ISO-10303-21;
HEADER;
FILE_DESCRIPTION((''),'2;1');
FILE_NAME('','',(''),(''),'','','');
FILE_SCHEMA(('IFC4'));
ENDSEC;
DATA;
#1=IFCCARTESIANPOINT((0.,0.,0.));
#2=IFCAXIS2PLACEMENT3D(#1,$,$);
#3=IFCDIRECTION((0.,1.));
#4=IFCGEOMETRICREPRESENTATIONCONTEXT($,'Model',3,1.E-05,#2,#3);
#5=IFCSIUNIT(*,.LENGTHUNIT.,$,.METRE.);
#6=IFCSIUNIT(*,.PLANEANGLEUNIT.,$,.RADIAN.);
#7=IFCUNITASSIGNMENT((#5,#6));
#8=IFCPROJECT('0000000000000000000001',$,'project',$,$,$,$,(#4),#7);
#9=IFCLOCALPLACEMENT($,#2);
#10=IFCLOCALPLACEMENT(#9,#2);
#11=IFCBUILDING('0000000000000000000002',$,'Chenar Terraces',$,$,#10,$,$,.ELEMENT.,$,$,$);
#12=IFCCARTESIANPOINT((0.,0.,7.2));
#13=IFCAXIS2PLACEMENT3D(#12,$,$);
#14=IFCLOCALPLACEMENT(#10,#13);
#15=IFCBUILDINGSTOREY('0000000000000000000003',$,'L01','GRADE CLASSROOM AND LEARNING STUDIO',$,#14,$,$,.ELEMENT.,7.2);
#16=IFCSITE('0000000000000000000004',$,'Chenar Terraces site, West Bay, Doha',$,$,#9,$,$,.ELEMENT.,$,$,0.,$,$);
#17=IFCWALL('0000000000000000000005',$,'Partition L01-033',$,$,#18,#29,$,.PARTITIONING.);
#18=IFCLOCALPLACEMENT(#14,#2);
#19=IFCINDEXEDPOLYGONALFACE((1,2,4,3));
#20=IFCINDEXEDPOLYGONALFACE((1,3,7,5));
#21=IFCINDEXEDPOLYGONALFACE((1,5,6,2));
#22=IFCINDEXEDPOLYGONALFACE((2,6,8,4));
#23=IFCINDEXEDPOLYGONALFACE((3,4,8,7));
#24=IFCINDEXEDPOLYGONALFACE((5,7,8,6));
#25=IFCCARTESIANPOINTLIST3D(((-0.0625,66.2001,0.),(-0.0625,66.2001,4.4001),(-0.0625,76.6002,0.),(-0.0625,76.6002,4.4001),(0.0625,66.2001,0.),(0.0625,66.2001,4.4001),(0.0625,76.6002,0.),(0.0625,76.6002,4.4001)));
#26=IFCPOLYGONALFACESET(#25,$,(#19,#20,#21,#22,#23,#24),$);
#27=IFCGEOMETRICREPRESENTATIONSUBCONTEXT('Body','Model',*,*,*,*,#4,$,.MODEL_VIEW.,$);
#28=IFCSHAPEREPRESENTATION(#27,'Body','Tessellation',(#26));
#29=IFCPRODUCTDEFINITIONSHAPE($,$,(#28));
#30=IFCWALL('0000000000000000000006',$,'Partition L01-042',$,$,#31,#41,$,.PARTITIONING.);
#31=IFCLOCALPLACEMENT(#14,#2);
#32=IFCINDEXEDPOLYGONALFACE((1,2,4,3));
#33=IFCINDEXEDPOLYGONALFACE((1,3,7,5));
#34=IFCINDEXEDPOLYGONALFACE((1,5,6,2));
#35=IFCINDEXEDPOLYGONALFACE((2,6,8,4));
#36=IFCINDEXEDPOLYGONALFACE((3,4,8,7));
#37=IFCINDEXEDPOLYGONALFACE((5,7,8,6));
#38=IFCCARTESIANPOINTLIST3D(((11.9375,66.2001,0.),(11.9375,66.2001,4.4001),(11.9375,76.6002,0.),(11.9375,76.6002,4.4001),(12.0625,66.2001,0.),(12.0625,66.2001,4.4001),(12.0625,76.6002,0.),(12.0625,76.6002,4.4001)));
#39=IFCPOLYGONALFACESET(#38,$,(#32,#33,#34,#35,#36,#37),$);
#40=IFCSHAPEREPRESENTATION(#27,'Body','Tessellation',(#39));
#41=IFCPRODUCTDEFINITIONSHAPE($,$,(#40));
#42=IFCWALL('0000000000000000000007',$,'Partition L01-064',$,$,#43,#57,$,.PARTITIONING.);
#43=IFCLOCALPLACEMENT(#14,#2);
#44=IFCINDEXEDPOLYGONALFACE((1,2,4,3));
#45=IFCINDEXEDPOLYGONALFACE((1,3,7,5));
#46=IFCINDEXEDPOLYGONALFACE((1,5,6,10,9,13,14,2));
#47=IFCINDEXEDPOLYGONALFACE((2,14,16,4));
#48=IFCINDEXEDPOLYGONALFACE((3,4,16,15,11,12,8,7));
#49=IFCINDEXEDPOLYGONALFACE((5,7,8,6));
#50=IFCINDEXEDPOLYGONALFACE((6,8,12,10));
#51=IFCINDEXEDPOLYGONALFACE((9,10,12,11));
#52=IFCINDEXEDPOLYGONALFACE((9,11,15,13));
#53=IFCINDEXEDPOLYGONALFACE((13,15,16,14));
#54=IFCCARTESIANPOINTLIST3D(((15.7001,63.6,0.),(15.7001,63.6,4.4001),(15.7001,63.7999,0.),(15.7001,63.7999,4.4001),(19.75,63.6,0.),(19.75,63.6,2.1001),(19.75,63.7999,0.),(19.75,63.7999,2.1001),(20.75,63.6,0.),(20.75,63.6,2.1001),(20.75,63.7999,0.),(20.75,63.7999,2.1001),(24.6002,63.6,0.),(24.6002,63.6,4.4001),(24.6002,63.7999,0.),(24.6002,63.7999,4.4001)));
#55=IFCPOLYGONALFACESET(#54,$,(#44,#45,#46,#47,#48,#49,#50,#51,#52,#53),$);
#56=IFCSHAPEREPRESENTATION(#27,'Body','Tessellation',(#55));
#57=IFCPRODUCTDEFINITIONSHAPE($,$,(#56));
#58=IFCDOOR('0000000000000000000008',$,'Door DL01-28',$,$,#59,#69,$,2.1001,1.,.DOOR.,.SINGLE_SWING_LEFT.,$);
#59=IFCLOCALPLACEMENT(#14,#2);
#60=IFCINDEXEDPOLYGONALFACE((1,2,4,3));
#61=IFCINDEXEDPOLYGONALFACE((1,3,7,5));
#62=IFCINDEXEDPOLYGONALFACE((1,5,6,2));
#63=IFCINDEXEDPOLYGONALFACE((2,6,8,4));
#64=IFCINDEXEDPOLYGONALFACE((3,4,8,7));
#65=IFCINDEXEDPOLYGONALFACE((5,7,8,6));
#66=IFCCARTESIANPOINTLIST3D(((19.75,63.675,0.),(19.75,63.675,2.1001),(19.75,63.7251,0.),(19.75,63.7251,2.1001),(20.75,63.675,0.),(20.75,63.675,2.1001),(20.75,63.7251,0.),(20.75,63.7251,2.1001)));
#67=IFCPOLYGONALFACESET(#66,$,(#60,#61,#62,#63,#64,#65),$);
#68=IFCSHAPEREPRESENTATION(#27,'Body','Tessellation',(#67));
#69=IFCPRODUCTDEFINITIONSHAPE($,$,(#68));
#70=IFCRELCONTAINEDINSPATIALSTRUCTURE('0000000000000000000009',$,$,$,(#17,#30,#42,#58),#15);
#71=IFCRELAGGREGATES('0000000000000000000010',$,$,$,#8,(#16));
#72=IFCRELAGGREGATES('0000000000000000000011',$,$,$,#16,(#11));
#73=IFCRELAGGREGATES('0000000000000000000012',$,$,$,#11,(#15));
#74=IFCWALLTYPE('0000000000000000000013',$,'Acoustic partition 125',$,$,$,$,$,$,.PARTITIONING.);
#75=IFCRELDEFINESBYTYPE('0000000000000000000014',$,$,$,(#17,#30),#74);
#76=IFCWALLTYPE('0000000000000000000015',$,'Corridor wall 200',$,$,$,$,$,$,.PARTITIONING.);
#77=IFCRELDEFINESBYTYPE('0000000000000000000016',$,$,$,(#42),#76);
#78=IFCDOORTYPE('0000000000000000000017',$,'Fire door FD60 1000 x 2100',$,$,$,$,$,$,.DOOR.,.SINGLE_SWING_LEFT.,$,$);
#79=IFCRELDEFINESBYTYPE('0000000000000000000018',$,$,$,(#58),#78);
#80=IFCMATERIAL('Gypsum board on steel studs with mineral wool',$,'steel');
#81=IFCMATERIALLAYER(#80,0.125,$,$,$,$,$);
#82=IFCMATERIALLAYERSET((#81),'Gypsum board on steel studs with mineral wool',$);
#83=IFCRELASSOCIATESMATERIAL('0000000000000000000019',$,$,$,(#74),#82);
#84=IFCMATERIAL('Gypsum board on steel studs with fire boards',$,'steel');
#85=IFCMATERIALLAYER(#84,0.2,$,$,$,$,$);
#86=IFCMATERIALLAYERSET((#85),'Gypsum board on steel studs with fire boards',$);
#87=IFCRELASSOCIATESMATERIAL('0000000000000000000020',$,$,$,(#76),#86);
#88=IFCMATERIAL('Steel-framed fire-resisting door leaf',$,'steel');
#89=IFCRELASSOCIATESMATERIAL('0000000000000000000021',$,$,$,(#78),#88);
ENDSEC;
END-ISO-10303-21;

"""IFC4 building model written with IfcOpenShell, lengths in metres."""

from ifc_helpers import new_model, si_unit, direction, frame, frame_2d, origin, place, context, subcontext, project, spatial, rectangle, extrude, material, layer, layer_set, type_object, element, fill, save


model = new_model("IFC4")

# Units and contexts
model_context = context("Model", 3, precision=1e-05, world=origin(), true_north=direction((0.0, 1.0)))
body_context = subcontext(model_context, "Body", "Model", "MODEL_VIEW")
ifc_project = project(units=[si_unit("LENGTHUNIT", "METRE"), si_unit("PLANEANGLEUNIT", "RADIAN")], contexts=[model_context])

# Site, building, storey
site_placement = place(None, origin())
site = spatial("IfcSite", under=ifc_project, at=site_placement, Name="Chenar Terraces site, West Bay, Doha", CompositionType="ELEMENT", RefElevation=0.0)
building_placement = place(site_placement, origin())
building = spatial("IfcBuilding", under=site, at=building_placement, Name="Chenar Terraces", CompositionType="ELEMENT")
storey_placement = place(building_placement, frame((0.0, 0.0, 7.2)))
storey = spatial("IfcBuildingStorey", under=building, at=storey_placement, Name="L01", Description="GRADE CLASSROOM AND LEARNING STUDIO", CompositionType="ELEMENT", Elevation=7.2)

# Walls
ifc_material_1 = material(Name="Gypsum board on steel studs with mineral wool", Category="steel")
ifc_layer_1 = layer(ifc_material_1, 0.125)
ifc_layer_set_1 = layer_set([ifc_layer_1], Name="Gypsum board on steel studs with mineral wool")
wall_type_1 = type_object("IfcWallType", Name="Acoustic partition 125", PredefinedType="PARTITIONING", material=ifc_layer_set_1)
for number, where, z_axis, x_axis, name in (
    (1, (0.0, 66.2, 0.0), (0.0, 0.0, 1.0), (0.0, 1.0, 0.0), "Partition L01-033"),
    (2, (12.0, 66.2, 0.0), (0.0, 0.0, 1.0), (0.0, 1.0, 0.0), "Partition L01-042"),
):
    element("IfcWall", number, at=place(storey_placement, frame(where, z_axis=z_axis, x_axis=x_axis)), inside=storey, type_object=wall_type_1, Name=name, PredefinedType="PARTITIONING", context=body_context, shape_type="SweptSolid", body=[
        extrude(rectangle(XDim=10.4001, YDim=0.125, at=frame_2d((5.2002, 0.0))), origin(), (0.0, 0.0, 1.0), 4.4001),
    ])

# Wall, opening, door
ifc_material_2 = material(Name="Gypsum board on steel studs with fire boards", Category="steel")
ifc_layer_2 = layer(ifc_material_2, 0.2)
ifc_layer_set_2 = layer_set([ifc_layer_2], Name="Gypsum board on steel studs with fire boards")
wall_type_2 = type_object("IfcWallType", Name="Corridor wall 200", PredefinedType="PARTITIONING", material=ifc_layer_set_2)
wall_1_placement = place(storey_placement, frame((15.7, 63.7, 0.0), z_axis=(0.0, 0.0, 1.0), x_axis=(1.0, 0.0, 0.0)))
wall_1 = element("IfcWall", 3, at=wall_1_placement, inside=storey, type_object=wall_type_2, Name="Partition L01-064", PredefinedType="PARTITIONING", context=body_context, shape_type="SweptSolid", body=[
    extrude(rectangle(XDim=8.9001, YDim=0.2, at=frame_2d((4.4502, 0.0))), origin(), (0.0, 0.0, 1.0), 4.4001),
])
opening_1_placement = place(wall_1_placement, frame((4.05, 0.0, 0.0)))
opening_1 = element("IfcOpeningElement", 4, at=opening_1_placement, cuts=wall_1, PredefinedType="OPENING", context=body_context, shape_type="SweptSolid", body=[
    extrude(rectangle(XDim=1.0, YDim=2.1001, at=frame_2d((0.5, 1.05))), frame((0.0, 0.1099, 0.0), z_axis=(0.0, -1.0, 0.0), x_axis=(1.0, 0.0, 0.0)), (0.0, 0.0, 1.0), 0.22),
])
ifc_material_3 = material(Name="Steel-framed fire-resisting door leaf", Category="steel")
door_type_1 = type_object("IfcDoorType", Name="Fire door FD60 1000 x 2100", OperationType="SINGLE_SWING_LEFT", PredefinedType="DOOR", material=ifc_material_3)
door_1_placement = place(opening_1_placement, frame((1.0, 0.0, 0.0), z_axis=(0.0, 0.0, 1.0), x_axis=(-1.0, 0.0, 0.0)))
door_1 = element("IfcDoor", 5, at=door_1_placement, inside=storey, type_object=door_type_1, Name="Door DL01-28", OperationType="SINGLE_SWING_LEFT", OverallHeight=2.1001, OverallWidth=1.0, PredefinedType="DOOR", context=body_context, shape_type="SweptSolid", body=[
    extrude(rectangle(XDim=1.0, YDim=2.1001, at=frame_2d((0.5, 1.05))), frame((0.0, 0.0249, 0.0), z_axis=(0.0, -1.0, 0.0), x_axis=(1.0, 0.0, 0.0)), (0.0, 0.0, 1.0), 0.05),
])
fill(opening_1, door_1)

save(model, "model.ifc")
